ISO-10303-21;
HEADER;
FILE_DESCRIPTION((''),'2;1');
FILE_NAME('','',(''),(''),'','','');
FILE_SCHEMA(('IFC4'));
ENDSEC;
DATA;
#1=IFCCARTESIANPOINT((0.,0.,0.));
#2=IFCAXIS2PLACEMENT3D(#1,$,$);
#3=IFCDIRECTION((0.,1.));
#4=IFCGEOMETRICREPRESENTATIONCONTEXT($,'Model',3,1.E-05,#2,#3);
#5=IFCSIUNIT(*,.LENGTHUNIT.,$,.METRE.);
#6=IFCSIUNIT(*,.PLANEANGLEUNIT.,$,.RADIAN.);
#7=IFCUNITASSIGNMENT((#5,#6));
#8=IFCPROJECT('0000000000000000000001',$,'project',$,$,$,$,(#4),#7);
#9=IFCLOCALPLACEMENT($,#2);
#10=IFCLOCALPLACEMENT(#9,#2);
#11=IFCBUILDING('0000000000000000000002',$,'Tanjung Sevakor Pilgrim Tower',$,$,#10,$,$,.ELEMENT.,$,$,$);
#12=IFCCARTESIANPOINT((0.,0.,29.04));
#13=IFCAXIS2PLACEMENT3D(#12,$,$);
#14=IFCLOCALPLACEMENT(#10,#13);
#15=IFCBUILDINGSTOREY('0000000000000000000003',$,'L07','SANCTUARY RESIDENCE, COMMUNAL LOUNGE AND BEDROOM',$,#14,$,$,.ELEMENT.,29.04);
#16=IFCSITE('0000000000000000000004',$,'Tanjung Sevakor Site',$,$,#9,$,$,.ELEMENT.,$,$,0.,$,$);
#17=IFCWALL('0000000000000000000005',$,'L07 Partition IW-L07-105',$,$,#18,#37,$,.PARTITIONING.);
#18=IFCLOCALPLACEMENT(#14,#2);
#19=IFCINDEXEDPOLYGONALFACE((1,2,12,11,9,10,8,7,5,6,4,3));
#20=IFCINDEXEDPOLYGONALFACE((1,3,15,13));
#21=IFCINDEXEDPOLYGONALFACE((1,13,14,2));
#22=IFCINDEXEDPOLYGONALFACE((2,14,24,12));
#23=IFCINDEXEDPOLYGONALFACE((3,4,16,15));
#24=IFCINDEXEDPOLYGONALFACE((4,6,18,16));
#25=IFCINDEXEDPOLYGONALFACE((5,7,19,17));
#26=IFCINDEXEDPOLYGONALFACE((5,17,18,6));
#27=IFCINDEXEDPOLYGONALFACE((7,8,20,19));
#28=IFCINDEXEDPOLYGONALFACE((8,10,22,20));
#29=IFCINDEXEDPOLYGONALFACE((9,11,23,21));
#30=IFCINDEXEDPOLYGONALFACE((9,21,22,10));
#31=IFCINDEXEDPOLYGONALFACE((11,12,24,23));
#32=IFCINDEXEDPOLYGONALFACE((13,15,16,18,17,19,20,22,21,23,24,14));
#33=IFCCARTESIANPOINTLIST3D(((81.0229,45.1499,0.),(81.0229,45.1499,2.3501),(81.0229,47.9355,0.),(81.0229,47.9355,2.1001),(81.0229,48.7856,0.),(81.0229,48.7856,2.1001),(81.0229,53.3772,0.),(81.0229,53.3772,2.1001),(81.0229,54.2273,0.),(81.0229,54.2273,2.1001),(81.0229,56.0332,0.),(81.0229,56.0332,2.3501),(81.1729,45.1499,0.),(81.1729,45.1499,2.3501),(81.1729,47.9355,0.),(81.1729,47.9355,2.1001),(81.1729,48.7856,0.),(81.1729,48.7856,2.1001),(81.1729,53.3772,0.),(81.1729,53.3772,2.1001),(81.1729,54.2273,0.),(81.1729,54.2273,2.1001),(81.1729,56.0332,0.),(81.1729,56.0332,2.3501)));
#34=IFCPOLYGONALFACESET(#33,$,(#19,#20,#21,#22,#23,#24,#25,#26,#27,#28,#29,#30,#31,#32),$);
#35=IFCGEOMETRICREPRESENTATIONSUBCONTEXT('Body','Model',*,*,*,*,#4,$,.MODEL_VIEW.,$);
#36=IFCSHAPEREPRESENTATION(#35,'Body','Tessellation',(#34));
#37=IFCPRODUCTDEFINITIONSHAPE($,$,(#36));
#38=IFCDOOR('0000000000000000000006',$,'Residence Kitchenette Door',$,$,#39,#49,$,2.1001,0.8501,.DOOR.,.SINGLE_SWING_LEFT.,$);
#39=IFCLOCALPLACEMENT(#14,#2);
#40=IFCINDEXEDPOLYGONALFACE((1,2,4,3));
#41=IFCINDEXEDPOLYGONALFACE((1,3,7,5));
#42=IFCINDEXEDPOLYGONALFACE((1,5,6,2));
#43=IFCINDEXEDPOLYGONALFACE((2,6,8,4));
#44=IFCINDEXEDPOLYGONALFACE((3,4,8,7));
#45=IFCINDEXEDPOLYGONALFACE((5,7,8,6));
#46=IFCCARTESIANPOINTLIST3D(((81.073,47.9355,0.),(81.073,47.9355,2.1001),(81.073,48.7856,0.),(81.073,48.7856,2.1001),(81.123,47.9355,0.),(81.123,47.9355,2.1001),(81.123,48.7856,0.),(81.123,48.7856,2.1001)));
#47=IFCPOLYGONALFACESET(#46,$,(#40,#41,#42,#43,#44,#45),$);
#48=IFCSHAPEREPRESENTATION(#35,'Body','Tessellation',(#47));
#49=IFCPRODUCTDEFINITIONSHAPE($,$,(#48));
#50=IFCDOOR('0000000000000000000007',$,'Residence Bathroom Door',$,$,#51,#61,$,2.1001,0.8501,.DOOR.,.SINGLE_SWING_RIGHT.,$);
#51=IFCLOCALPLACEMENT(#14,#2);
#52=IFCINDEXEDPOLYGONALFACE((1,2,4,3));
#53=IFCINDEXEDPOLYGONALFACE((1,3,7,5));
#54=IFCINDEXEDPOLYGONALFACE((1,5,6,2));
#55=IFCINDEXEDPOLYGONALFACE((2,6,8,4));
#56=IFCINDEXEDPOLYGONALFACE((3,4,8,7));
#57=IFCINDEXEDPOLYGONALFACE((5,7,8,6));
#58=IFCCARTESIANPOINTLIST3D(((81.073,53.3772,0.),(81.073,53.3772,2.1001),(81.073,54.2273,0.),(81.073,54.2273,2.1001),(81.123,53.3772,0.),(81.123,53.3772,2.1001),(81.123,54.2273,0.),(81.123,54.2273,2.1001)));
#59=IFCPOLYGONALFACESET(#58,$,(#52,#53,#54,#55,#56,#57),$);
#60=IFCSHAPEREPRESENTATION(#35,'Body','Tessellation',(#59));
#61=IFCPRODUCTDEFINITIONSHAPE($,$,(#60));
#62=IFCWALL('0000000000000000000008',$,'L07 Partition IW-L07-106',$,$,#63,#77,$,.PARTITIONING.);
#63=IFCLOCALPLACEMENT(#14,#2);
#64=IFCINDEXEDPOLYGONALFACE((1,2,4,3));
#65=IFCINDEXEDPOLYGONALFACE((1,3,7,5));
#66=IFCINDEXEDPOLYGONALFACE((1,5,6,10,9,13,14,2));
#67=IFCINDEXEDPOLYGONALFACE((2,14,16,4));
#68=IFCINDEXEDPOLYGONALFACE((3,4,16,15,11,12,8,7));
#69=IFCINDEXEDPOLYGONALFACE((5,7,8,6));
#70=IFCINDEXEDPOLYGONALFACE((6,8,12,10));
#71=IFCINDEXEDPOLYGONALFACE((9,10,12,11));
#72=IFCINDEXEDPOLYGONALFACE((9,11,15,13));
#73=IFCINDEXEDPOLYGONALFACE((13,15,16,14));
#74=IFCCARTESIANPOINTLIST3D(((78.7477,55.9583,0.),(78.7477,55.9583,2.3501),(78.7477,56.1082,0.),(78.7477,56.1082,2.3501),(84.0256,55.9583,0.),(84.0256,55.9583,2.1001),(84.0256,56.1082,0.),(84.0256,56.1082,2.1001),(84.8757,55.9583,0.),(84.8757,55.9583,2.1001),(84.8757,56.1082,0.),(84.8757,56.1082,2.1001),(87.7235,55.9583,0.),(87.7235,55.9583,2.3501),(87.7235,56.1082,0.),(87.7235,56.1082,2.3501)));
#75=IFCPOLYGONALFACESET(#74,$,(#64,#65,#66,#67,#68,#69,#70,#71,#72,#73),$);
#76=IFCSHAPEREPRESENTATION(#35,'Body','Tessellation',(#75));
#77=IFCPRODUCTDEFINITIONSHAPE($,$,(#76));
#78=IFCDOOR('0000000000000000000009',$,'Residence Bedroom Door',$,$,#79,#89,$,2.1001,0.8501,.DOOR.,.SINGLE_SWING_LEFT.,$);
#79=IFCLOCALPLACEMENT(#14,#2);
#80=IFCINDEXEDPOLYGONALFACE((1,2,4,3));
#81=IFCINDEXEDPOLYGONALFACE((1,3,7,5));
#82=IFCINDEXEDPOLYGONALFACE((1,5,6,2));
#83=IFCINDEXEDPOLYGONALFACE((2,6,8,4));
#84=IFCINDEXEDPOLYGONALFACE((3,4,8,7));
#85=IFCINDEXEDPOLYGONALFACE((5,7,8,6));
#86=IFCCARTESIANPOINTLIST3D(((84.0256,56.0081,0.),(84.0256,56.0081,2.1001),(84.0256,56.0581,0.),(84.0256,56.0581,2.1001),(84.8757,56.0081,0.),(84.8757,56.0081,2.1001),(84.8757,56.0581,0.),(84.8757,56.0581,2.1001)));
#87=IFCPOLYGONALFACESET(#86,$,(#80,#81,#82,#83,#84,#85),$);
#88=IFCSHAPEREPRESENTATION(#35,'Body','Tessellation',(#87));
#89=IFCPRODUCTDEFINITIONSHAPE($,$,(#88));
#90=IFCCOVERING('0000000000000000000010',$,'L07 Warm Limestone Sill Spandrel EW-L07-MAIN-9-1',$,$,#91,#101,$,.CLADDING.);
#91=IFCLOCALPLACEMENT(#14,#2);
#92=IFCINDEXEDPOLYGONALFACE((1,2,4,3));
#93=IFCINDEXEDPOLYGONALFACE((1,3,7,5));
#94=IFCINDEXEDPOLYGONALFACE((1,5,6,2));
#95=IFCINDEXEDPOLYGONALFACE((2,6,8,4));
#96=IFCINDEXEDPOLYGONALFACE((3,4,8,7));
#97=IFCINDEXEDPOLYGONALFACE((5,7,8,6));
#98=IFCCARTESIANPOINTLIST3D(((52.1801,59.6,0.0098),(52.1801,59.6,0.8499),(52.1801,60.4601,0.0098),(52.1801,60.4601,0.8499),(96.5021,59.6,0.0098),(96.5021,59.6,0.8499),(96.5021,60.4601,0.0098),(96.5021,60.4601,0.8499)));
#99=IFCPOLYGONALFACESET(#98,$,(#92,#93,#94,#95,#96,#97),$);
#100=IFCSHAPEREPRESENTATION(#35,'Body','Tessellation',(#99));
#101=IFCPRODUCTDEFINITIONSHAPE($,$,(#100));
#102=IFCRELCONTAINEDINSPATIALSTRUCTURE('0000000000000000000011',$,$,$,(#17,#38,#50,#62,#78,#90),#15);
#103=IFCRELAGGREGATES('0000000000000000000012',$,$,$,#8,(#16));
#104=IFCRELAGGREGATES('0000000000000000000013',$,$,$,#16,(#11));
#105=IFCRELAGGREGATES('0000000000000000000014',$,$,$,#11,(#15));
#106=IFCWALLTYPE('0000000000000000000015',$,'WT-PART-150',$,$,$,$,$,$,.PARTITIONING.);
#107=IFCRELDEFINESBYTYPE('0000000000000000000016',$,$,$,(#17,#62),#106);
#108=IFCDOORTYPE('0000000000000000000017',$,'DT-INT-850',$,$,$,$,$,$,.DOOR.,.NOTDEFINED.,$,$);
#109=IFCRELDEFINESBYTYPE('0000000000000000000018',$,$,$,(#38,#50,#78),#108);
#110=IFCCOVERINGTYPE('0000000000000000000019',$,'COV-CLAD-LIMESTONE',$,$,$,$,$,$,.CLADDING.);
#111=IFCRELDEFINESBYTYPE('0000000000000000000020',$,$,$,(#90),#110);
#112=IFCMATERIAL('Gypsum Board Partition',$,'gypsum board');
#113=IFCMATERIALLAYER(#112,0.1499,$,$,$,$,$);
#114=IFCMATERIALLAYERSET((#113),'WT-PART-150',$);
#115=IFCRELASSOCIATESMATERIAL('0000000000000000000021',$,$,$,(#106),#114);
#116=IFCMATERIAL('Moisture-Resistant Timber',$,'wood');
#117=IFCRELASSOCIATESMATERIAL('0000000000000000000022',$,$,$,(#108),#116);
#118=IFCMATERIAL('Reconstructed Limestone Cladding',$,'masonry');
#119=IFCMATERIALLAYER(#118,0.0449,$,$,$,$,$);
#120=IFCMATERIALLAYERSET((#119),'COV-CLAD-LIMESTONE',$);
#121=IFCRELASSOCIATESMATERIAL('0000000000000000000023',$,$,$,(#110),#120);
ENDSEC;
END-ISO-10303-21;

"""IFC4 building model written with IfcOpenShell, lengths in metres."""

from ifc_helpers import new_model, si_unit, direction, frame, frame_2d, origin, origin_2d, place, context, subcontext, project, spatial, rectangle, extrude, material, layer, layer_set, type_object, element, fill, save


model = new_model("IFC4")

# Units and contexts
model_context = context("Model", 3, precision=1e-05, world=origin(), true_north=direction((0.0, 1.0)))
body_context = subcontext(model_context, "Body", "Model", "MODEL_VIEW")
ifc_project = project(units=[si_unit("LENGTHUNIT", "METRE"), si_unit("PLANEANGLEUNIT", "RADIAN")], contexts=[model_context])

# Site, building, storey
site_placement = place(None, origin())
site = spatial("IfcSite", under=ifc_project, at=site_placement, Name="Tanjung Sevakor Site", CompositionType="ELEMENT", RefElevation=0.0)
building_placement = place(site_placement, origin())
building = spatial("IfcBuilding", under=site, at=building_placement, Name="Tanjung Sevakor Pilgrim Tower", CompositionType="ELEMENT")
storey_placement = place(building_placement, frame((0.0, 0.0, 29.04)))
storey = spatial("IfcBuildingStorey", under=building, at=storey_placement, Name="L07", Description="SANCTUARY RESIDENCE, COMMUNAL LOUNGE AND BEDROOM", CompositionType="ELEMENT", Elevation=29.04)

# Shared definitions
ifc_material_1 = material(Name="Gypsum Board Partition", Category="gypsum board")
ifc_layer_1 = layer(ifc_material_1, 0.1499)
ifc_layer_set_1 = layer_set([ifc_layer_1], Name="WT-PART-150")
wall_type_1 = type_object("IfcWallType", Name="WT-PART-150", PredefinedType="PARTITIONING", material=ifc_layer_set_1)

# Wall, openings, doors
wall_1_placement = place(storey_placement, frame((81.0979, 45.1499, 0.0), z_axis=(0.0, 0.0, 1.0), x_axis=(0.0, 1.0, 0.0)))
wall_1 = element("IfcWall", 1, at=wall_1_placement, inside=storey, type_object=wall_type_1, Name="L07 Partition IW-L07-105", PredefinedType="PARTITIONING", context=body_context, shape_type="SweptSolid", body=[
    extrude(rectangle(XDim=10.8833, YDim=0.1499, at=frame_2d((5.4417, 0.0))), origin(), (0.0, 0.0, 1.0), 2.3501),
])
opening_1_placement = place(wall_1_placement, frame((2.7856, 0.0, 0.0)))
opening_1 = element("IfcOpeningElement", 2, at=opening_1_placement, cuts=wall_1, PredefinedType="OPENING", context=body_context, shape_type="SweptSolid", body=[
    extrude(rectangle(XDim=0.8501, YDim=2.1001, at=frame_2d((0.425, 1.05))), frame((0.0, 0.085, 0.0), z_axis=(0.0, -1.0, 0.0), x_axis=(1.0, 0.0, 0.0)), (0.0, 0.0, 1.0), 0.1699),
])
opening_2_placement = place(wall_1_placement, frame((8.2273, 0.0, 0.0)))
opening_2 = element("IfcOpeningElement", 3, at=opening_2_placement, cuts=wall_1, PredefinedType="OPENING", context=body_context, shape_type="SweptSolid", body=[
    extrude(rectangle(XDim=0.8501, YDim=2.1001, at=frame_2d((0.425, 1.05))), frame((0.0, 0.085, 0.0), z_axis=(0.0, -1.0, 0.0), x_axis=(1.0, 0.0, 0.0)), (0.0, 0.0, 1.0), 0.1699),
])
ifc_material_2 = material(Name="Moisture-Resistant Timber", Category="wood")
door_type_1 = type_object("IfcDoorType", Name="DT-INT-850", OperationType="NOTDEFINED", PredefinedType="DOOR", material=ifc_material_2)
door_1_placement = place(opening_1_placement, origin())
door_1 = element("IfcDoor", 4, at=door_1_placement, inside=storey, type_object=door_type_1, Name="Residence Kitchenette Door", OperationType="SINGLE_SWING_LEFT", OverallHeight=2.1001, OverallWidth=0.8501, PredefinedType="DOOR", context=body_context, shape_type="SweptSolid", body=[
    extrude(rectangle(XDim=0.8501, YDim=2.1001, at=frame_2d((0.425, 1.05))), frame((0.0, 0.0249, 0.0), z_axis=(0.0, -1.0, 0.0), x_axis=(1.0, 0.0, 0.0)), (0.0, 0.0, 1.0), 0.05),
])
fill(opening_1, door_1)
door_2_placement = place(opening_2_placement, origin())
door_2 = element("IfcDoor", 5, at=door_2_placement, inside=storey, type_object=door_type_1, Name="Residence Bathroom Door", OperationType="SINGLE_SWING_RIGHT", OverallHeight=2.1001, OverallWidth=0.8501, PredefinedType="DOOR", context=body_context, shape_type="SweptSolid", body=[
    extrude(rectangle(XDim=0.8501, YDim=2.1001, at=frame_2d((0.425, 1.05))), frame((0.0, 0.0249, 0.0), z_axis=(0.0, -1.0, 0.0), x_axis=(1.0, 0.0, 0.0)), (0.0, 0.0, 1.0), 0.05),
])
fill(opening_2, door_2)

# Wall, opening, door
wall_2_placement = place(storey_placement, frame((78.7478, 56.0332, 0.0), z_axis=(0.0, 0.0, 1.0), x_axis=(1.0, 0.0, 0.0)))
wall_2 = element("IfcWall", 6, at=wall_2_placement, inside=storey, type_object=wall_type_1, Name="L07 Partition IW-L07-106", PredefinedType="PARTITIONING", context=body_context, shape_type="SweptSolid", body=[
    extrude(rectangle(XDim=8.9758, YDim=0.1499, at=frame_2d((4.4878, 0.0))), origin(), (0.0, 0.0, 1.0), 2.3501),
])
opening_3_placement = place(wall_2_placement, frame((5.2778, 0.0, 0.0)))
opening_3 = element("IfcOpeningElement", 7, at=opening_3_placement, cuts=wall_2, PredefinedType="OPENING", context=body_context, shape_type="SweptSolid", body=[
    extrude(rectangle(XDim=0.8501, YDim=2.1001, at=frame_2d((0.425, 1.05))), frame((0.0, 0.085, 0.0), z_axis=(0.0, -1.0, 0.0), x_axis=(1.0, 0.0, 0.0)), (0.0, 0.0, 1.0), 0.1699),
])
door_3_placement = place(opening_3_placement, origin())
door_3 = element("IfcDoor", 8, at=door_3_placement, inside=storey, type_object=door_type_1, Name="Residence Bedroom Door", OperationType="SINGLE_SWING_LEFT", OverallHeight=2.1001, OverallWidth=0.8501, PredefinedType="DOOR", context=body_context, shape_type="SweptSolid", body=[
    extrude(rectangle(XDim=0.8501, YDim=2.1001, at=frame_2d((0.425, 1.05))), frame((0.0, 0.0249, 0.0), z_axis=(0.0, -1.0, 0.0), x_axis=(1.0, 0.0, 0.0)), (0.0, 0.0, 1.0), 0.05),
])
fill(opening_3, door_3)

# Covering
ifc_material_3 = material(Name="Reconstructed Limestone Cladding", Category="masonry")
ifc_layer_2 = layer(ifc_material_3, 0.0449)
ifc_layer_set_2 = layer_set([ifc_layer_2], Name="COV-CLAD-LIMESTONE")
covering_type = type_object("IfcCoveringType", Name="COV-CLAD-LIMESTONE", PredefinedType="CLADDING", material=ifc_layer_set_2)
covering_placement = place(storey_placement, frame((74.3411, 60.03, 0.0098), z_axis=(0.0, 0.0, 1.0), x_axis=(-1.0, 0.0, 0.0)))
element("IfcCovering", 9, at=covering_placement, inside=storey, type_object=covering_type, Name="L07 Warm Limestone Sill Spandrel EW-L07-MAIN-9-1", PredefinedType="CLADDING", context=body_context, shape_type="SweptSolid", body=[
    extrude(rectangle(XDim=44.322, YDim=0.8601, at=origin_2d()), origin(), (0.0, 0.0, 1.0), 0.8401),
])

save(model, "model.ifc")
